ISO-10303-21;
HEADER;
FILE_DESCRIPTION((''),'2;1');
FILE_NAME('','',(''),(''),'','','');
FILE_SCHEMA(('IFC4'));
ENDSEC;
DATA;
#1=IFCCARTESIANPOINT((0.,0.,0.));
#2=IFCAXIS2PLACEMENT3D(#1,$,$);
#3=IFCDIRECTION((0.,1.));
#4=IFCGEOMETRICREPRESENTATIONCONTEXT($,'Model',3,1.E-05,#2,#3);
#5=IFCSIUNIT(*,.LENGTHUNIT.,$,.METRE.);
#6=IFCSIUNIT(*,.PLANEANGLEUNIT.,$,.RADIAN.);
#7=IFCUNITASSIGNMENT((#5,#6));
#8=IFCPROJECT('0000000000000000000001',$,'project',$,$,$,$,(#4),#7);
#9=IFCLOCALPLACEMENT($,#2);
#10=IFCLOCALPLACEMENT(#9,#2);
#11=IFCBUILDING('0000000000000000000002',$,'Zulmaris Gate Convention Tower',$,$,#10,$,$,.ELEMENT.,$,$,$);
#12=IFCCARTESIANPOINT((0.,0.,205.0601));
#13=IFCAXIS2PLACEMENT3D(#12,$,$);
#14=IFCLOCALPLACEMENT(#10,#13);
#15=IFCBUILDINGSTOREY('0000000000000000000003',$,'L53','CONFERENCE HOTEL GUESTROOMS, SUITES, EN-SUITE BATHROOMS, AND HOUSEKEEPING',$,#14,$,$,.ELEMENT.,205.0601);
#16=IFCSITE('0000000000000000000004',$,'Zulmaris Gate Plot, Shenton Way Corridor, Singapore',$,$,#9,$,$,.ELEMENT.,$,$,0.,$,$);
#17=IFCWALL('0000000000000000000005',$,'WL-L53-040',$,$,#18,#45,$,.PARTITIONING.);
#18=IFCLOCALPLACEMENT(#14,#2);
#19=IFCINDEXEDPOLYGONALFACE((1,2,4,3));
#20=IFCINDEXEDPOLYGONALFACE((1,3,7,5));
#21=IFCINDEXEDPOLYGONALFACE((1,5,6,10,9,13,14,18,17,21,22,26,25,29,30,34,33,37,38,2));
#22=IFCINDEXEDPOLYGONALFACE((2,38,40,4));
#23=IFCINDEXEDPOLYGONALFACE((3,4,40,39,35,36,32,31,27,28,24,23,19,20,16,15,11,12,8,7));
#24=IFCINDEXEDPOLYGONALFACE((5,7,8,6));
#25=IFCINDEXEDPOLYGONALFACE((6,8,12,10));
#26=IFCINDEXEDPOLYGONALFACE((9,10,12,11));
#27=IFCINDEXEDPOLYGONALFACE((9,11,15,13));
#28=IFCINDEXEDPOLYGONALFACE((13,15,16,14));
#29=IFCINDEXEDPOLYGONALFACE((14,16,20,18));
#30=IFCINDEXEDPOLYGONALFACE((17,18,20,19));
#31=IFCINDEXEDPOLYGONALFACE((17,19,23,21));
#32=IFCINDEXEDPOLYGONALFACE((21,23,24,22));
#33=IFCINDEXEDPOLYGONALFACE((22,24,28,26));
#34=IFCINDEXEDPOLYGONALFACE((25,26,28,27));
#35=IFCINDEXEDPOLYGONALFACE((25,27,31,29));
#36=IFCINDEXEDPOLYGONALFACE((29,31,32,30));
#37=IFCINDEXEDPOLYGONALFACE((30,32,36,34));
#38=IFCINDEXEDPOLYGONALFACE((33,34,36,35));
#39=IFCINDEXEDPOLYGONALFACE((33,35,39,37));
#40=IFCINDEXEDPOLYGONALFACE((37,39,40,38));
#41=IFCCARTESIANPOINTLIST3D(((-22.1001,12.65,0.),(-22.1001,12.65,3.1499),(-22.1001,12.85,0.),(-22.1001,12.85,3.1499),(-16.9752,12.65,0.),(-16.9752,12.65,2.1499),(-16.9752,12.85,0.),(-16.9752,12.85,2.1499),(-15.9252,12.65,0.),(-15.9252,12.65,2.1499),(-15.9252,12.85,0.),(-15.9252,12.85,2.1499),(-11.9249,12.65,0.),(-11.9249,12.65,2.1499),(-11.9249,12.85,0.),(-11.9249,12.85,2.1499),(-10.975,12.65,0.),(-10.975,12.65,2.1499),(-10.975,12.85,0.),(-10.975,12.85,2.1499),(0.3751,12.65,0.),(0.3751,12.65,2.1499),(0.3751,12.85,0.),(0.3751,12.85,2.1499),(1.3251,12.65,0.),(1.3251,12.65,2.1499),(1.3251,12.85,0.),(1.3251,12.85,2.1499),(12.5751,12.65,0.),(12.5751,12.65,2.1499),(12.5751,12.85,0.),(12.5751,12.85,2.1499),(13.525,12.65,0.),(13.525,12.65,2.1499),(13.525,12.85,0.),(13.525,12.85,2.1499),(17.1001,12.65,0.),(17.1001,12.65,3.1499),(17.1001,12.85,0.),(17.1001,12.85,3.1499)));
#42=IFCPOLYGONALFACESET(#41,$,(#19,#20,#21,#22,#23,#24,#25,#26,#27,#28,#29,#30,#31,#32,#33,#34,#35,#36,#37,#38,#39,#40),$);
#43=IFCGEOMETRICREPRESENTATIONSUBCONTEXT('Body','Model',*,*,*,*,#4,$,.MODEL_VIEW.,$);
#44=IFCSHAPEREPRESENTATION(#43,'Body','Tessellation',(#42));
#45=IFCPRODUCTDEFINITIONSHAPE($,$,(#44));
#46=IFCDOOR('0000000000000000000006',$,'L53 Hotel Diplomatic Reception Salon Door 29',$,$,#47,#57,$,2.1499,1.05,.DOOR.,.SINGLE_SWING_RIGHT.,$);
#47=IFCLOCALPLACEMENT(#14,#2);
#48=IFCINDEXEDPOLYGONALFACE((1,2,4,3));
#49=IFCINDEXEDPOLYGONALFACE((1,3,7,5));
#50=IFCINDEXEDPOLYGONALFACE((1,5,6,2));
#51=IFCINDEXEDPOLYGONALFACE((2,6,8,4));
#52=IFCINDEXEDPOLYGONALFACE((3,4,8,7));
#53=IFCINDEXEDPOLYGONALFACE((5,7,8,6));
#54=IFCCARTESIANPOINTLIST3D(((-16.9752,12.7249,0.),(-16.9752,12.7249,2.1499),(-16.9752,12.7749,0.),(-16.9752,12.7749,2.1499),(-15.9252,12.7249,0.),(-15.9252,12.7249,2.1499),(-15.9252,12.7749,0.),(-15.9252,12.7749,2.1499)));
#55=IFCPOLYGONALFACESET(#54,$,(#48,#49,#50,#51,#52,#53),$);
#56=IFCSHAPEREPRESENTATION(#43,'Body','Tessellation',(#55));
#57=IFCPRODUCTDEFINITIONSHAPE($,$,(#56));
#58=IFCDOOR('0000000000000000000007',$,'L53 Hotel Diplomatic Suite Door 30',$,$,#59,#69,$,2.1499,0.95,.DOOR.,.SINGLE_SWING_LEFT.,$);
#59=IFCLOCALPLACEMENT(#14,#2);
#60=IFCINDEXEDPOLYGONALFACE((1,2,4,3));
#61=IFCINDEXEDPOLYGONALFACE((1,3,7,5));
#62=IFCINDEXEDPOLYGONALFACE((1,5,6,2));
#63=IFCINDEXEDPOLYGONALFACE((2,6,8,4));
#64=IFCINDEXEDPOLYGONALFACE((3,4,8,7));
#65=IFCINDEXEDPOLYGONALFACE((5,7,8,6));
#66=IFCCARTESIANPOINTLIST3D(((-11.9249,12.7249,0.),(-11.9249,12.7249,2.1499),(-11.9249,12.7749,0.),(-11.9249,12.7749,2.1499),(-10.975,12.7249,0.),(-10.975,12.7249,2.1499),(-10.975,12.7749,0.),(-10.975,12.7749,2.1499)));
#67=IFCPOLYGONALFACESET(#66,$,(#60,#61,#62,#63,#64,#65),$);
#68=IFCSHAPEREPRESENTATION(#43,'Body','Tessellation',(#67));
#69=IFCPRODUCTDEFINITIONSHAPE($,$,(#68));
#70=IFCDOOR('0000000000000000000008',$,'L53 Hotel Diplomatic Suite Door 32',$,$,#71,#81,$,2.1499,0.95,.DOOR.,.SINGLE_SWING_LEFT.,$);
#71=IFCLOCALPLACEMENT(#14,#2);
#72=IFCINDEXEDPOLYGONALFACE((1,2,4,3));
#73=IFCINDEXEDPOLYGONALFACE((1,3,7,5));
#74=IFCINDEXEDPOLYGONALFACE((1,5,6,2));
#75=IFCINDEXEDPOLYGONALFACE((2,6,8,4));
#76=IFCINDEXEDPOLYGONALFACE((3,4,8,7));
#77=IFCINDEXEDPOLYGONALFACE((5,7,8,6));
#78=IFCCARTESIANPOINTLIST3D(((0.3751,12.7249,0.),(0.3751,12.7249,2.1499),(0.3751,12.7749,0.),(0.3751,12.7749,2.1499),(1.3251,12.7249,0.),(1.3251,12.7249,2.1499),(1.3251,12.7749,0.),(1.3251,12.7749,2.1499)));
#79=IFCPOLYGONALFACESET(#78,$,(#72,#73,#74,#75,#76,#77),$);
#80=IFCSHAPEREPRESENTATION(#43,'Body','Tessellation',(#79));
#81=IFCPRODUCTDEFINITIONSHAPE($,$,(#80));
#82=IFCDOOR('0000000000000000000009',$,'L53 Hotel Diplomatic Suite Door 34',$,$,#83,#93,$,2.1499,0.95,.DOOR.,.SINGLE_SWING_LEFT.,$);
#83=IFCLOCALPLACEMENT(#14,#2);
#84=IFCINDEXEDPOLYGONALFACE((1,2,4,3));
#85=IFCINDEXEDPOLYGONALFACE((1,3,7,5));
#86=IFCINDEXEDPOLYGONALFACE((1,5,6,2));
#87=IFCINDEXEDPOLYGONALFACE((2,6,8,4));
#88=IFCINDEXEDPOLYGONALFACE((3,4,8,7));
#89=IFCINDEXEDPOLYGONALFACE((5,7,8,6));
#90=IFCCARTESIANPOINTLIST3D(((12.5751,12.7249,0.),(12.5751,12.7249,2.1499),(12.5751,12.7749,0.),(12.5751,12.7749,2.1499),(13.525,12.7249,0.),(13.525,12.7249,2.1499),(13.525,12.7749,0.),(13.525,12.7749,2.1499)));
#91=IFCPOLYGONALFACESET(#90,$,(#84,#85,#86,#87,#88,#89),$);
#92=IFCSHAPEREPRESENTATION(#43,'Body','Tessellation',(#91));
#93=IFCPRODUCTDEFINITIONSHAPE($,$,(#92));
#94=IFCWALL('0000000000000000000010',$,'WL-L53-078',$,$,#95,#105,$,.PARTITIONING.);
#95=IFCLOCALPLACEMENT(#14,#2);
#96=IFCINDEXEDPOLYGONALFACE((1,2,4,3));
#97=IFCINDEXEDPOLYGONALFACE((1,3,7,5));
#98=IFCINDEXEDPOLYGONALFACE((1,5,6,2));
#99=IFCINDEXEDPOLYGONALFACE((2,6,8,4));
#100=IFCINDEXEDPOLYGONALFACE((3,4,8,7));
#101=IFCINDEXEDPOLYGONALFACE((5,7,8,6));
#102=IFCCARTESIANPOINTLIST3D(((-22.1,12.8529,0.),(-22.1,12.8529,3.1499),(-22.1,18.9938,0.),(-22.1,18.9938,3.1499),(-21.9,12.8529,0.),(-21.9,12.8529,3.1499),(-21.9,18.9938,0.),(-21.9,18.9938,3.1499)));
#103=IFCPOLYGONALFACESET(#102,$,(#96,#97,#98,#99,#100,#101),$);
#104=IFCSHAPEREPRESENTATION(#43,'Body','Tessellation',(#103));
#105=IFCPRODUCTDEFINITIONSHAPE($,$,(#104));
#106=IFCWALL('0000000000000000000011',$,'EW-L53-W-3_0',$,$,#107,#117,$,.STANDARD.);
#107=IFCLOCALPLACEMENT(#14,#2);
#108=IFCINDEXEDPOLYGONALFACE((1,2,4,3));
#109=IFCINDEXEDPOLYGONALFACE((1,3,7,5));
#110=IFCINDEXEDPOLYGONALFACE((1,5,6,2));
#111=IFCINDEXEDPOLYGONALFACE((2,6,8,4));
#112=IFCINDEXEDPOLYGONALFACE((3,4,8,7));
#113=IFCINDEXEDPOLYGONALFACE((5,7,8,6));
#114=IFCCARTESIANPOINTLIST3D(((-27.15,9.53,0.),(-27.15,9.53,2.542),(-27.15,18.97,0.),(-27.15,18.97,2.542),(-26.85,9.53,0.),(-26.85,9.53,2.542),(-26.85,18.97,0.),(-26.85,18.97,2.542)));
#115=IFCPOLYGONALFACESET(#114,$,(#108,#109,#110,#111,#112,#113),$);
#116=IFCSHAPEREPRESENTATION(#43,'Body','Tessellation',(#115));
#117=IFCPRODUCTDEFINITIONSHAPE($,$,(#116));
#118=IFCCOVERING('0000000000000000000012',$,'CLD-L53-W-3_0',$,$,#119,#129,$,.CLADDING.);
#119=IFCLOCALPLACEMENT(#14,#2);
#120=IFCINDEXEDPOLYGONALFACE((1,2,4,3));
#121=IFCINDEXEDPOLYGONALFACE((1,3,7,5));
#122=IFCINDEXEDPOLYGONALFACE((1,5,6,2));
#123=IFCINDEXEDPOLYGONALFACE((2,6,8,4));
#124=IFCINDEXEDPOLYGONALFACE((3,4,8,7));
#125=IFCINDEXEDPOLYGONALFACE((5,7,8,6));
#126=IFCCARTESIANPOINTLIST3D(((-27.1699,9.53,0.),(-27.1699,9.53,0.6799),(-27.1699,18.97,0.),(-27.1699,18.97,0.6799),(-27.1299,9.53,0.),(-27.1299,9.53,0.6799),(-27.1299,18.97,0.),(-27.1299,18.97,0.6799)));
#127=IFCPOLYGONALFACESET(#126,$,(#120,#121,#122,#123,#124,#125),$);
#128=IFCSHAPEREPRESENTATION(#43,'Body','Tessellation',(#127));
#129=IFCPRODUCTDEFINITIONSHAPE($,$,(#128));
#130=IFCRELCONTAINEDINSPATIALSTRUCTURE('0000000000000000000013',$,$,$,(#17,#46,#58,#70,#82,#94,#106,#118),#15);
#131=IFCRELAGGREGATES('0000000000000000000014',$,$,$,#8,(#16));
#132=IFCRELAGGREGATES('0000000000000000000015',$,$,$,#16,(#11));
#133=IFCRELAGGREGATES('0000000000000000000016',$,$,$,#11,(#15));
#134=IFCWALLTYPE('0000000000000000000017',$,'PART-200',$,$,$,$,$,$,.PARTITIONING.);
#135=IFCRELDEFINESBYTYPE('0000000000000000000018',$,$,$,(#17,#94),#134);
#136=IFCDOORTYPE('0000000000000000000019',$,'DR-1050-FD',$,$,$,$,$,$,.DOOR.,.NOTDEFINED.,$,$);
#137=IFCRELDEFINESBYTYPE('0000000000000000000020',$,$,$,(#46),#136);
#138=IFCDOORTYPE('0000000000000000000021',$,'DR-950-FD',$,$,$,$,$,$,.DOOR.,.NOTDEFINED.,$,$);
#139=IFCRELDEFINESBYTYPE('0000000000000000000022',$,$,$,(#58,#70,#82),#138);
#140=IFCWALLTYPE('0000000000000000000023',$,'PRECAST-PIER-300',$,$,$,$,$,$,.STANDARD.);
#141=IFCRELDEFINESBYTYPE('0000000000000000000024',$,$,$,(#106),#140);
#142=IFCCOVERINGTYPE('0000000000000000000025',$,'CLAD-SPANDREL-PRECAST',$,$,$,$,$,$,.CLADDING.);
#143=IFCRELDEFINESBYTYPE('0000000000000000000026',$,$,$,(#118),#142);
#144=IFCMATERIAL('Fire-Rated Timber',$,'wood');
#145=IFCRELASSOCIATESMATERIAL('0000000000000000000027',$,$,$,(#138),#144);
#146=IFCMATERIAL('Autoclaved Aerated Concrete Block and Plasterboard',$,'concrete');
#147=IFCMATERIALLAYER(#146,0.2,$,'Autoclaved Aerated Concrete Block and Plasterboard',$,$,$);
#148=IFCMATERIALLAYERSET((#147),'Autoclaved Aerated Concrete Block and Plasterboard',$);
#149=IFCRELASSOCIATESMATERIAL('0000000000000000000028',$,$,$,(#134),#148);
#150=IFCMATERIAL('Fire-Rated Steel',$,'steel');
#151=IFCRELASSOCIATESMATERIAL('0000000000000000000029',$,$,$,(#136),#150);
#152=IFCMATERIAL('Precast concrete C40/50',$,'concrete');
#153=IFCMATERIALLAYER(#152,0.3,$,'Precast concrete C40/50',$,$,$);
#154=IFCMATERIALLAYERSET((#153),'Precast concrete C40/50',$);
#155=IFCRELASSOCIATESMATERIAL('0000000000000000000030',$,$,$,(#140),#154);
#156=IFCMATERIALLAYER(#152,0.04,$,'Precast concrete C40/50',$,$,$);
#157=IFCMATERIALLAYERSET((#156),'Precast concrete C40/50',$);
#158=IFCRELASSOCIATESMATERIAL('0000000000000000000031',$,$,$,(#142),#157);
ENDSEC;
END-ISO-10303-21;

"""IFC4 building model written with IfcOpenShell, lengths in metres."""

from ifc_helpers import new_model, si_unit, direction, frame, frame_2d, origin, place, context, subcontext, project, spatial, rectangle, extrude, material, layer, layer_set, type_object, element, fill, save


model = new_model("IFC4")

# Units and contexts
model_context = context("Model", 3, precision=1e-05, world=origin(), true_north=direction((0.0, 1.0)))
body_context = subcontext(model_context, "Body", "Model", "MODEL_VIEW")
ifc_project = project(units=[si_unit("LENGTHUNIT", "METRE"), si_unit("PLANEANGLEUNIT", "RADIAN")], contexts=[model_context])

# Site, building, storey
site_placement = place(None, origin())
site = spatial("IfcSite", under=ifc_project, at=site_placement, Name="Zulmaris Gate Plot, Shenton Way Corridor, Singapore", CompositionType="ELEMENT", RefElevation=0.0)
building_placement = place(site_placement, origin())
building = spatial("IfcBuilding", under=site, at=building_placement, Name="Zulmaris Gate Convention Tower", CompositionType="ELEMENT")
storey_placement = place(building_placement, frame((0.0, 0.0, 205.0601)))
storey = spatial("IfcBuildingStorey", under=building, at=storey_placement, Name="L53", Description="CONFERENCE HOTEL GUESTROOMS, SUITES, EN-SUITE BATHROOMS, AND HOUSEKEEPING", CompositionType="ELEMENT", Elevation=205.0601)

# Shared definitions
ifc_material_1 = material(Name="Fire-Rated Steel", Category="steel")
ifc_material_2 = material(Name="Fire-Rated Timber", Category="wood")
door_type_1 = type_object("IfcDoorType", Name="DR-950-FD", OperationType="NOTDEFINED", PredefinedType="DOOR", material=ifc_material_2)

# Wall, openings, doors
ifc_material_3 = material(Name="Autoclaved Aerated Concrete Block and Plasterboard", Category="concrete")
ifc_layer_1 = layer(ifc_material_3, 0.2, Name="Autoclaved Aerated Concrete Block and Plasterboard")
ifc_layer_set_1 = layer_set([ifc_layer_1], Name="Autoclaved Aerated Concrete Block and Plasterboard")
wall_type_1 = type_object("IfcWallType", Name="PART-200", PredefinedType="PARTITIONING", material=ifc_layer_set_1)
wall_1_placement = place(storey_placement, frame((-22.1001, 12.75, 0.0), z_axis=(0.0, 0.0, 1.0), x_axis=(1.0, 0.0, 0.0)))
wall_1 = element("IfcWall", 1, at=wall_1_placement, inside=storey, type_object=wall_type_1, Name="WL-L53-040", PredefinedType="PARTITIONING", context=body_context, shape_type="SweptSolid", body=[
    extrude(rectangle(XDim=39.2002, YDim=0.2, at=frame_2d((19.6001, 0.0))), origin(), (0.0, 0.0, 1.0), 3.1499),
])
opening_1_placement = place(wall_1_placement, frame((5.125, 0.0, 0.0)))
opening_1 = element("IfcOpeningElement", 2, at=opening_1_placement, cuts=wall_1, PredefinedType="OPENING", context=body_context, shape_type="SweptSolid", body=[
    extrude(rectangle(XDim=1.05, YDim=2.1499, at=frame_2d((0.5249, 1.075))), frame((0.0, 0.1099, 0.0), z_axis=(0.0, -1.0, 0.0), x_axis=(1.0, 0.0, 0.0)), (0.0, 0.0, 1.0), 0.22),
])
opening_2_placement = place(wall_1_placement, frame((10.175, 0.0, 0.0)))
opening_2 = element("IfcOpeningElement", 3, at=opening_2_placement, cuts=wall_1, PredefinedType="OPENING", context=body_context, shape_type="SweptSolid", body=[
    extrude(rectangle(XDim=0.95, YDim=2.1499, at=frame_2d((0.4751, 1.075))), frame((0.0, 0.1099, 0.0), z_axis=(0.0, -1.0, 0.0), x_axis=(1.0, 0.0, 0.0)), (0.0, 0.0, 1.0), 0.22),
])
opening_3_placement = place(wall_1_placement, frame((22.4751, 0.0, 0.0)))
opening_3 = element("IfcOpeningElement", 4, at=opening_3_placement, cuts=wall_1, PredefinedType="OPENING", context=body_context, shape_type="SweptSolid", body=[
    extrude(rectangle(XDim=0.95, YDim=2.1499, at=frame_2d((0.4751, 1.075))), frame((0.0, 0.1099, 0.0), z_axis=(0.0, -1.0, 0.0), x_axis=(1.0, 0.0, 0.0)), (0.0, 0.0, 1.0), 0.22),
])
opening_4_placement = place(wall_1_placement, frame((34.675, 0.0, 0.0)))
opening_4 = element("IfcOpeningElement", 5, at=opening_4_placement, cuts=wall_1, PredefinedType="OPENING", context=body_context, shape_type="SweptSolid", body=[
    extrude(rectangle(XDim=0.95, YDim=2.1499, at=frame_2d((0.4751, 1.075))), frame((0.0, 0.1099, 0.0), z_axis=(0.0, -1.0, 0.0), x_axis=(1.0, 0.0, 0.0)), (0.0, 0.0, 1.0), 0.22),
])
door_type_2 = type_object("IfcDoorType", Name="DR-1050-FD", OperationType="NOTDEFINED", PredefinedType="DOOR", material=ifc_material_1)
door_1_placement = place(opening_1_placement, origin())
door_1 = element("IfcDoor", 6, at=door_1_placement, inside=storey, type_object=door_type_2, Name="L53 Hotel Diplomatic Reception Salon Door 29", OperationType="SINGLE_SWING_RIGHT", OverallHeight=2.1499, OverallWidth=1.05, PredefinedType="DOOR", context=body_context, shape_type="SweptSolid", body=[
    extrude(rectangle(XDim=1.05, YDim=2.1499, at=frame_2d((0.5249, 1.075))), frame((0.0, 0.0249, 0.0), z_axis=(0.0, -1.0, 0.0), x_axis=(1.0, 0.0, 0.0)), (0.0, 0.0, 1.0), 0.05),
])
fill(opening_1, door_1)
door_2_placement = place(opening_2_placement, origin())
door_2 = element("IfcDoor", 7, at=door_2_placement, inside=storey, type_object=door_type_1, Name="L53 Hotel Diplomatic Suite Door 30", OperationType="SINGLE_SWING_LEFT", OverallHeight=2.1499, OverallWidth=0.95, PredefinedType="DOOR", context=body_context, shape_type="SweptSolid", body=[
    extrude(rectangle(XDim=0.95, YDim=2.1499, at=frame_2d((0.4751, 1.075))), frame((0.0, 0.0249, 0.0), z_axis=(0.0, -1.0, 0.0), x_axis=(1.0, 0.0, 0.0)), (0.0, 0.0, 1.0), 0.05),
])
fill(opening_2, door_2)
door_3_placement = place(opening_3_placement, origin())
door_3 = element("IfcDoor", 8, at=door_3_placement, inside=storey, type_object=door_type_1, Name="L53 Hotel Diplomatic Suite Door 32", OperationType="SINGLE_SWING_LEFT", OverallHeight=2.1499, OverallWidth=0.95, PredefinedType="DOOR", context=body_context, shape_type="SweptSolid", body=[
    extrude(rectangle(XDim=0.95, YDim=2.1499, at=frame_2d((0.4751, 1.075))), frame((0.0, 0.0249, 0.0), z_axis=(0.0, -1.0, 0.0), x_axis=(1.0, 0.0, 0.0)), (0.0, 0.0, 1.0), 0.05),
])
fill(opening_3, door_3)
door_4_placement = place(opening_4_placement, origin())
door_4 = element("IfcDoor", 9, at=door_4_placement, inside=storey, type_object=door_type_1, Name="L53 Hotel Diplomatic Suite Door 34", OperationType="SINGLE_SWING_LEFT", OverallHeight=2.1499, OverallWidth=0.95, PredefinedType="DOOR", context=body_context, shape_type="SweptSolid", body=[
    extrude(rectangle(XDim=0.95, YDim=2.1499, at=frame_2d((0.4751, 1.075))), frame((0.0, 0.0249, 0.0), z_axis=(0.0, -1.0, 0.0), x_axis=(1.0, 0.0, 0.0)), (0.0, 0.0, 1.0), 0.05),
])
fill(opening_4, door_4)

# Walls
wall_2_placement = place(storey_placement, frame((-22.0, 12.853, 0.0), z_axis=(0.0, 0.0, 1.0), x_axis=(0.0, 1.0, 0.0)))
element("IfcWall", 10, at=wall_2_placement, inside=storey, type_object=wall_type_1, Name="WL-L53-078", PredefinedType="PARTITIONING", context=body_context, shape_type="SweptSolid", body=[
    extrude(rectangle(XDim=6.1409, YDim=0.2, at=frame_2d((3.0703, 0.0))), origin(), (0.0, 0.0, 1.0), 3.1499),
])
ifc_material_4 = material(Name="Precast concrete C40/50", Category="concrete")
ifc_layer_2 = layer(ifc_material_4, 0.3, Name="Precast concrete C40/50")
ifc_layer_set_2 = layer_set([ifc_layer_2], Name="Precast concrete C40/50")
wall_type_2 = type_object("IfcWallType", Name="PRECAST-PIER-300", PredefinedType="STANDARD", material=ifc_layer_set_2)
wall_3_placement = place(storey_placement, frame((-27.0, 18.97, 0.0), z_axis=(0.0, 0.0, 1.0), x_axis=(0.0, -1.0, 0.0)))
element("IfcWall", 11, at=wall_3_placement, inside=storey, type_object=wall_type_2, Name="EW-L53-W-3_0", PredefinedType="STANDARD", context=body_context, shape_type="SweptSolid", body=[
    extrude(rectangle(XDim=9.4399, YDim=0.3, at=frame_2d((4.72, 0.0))), origin(), (0.0, 0.0, 1.0), 2.542),
])

# Covering
ifc_layer_3 = layer(ifc_material_4, 0.04, Name="Precast concrete C40/50")
ifc_layer_set_3 = layer_set([ifc_layer_3], Name="Precast concrete C40/50")
covering_type = type_object("IfcCoveringType", Name="CLAD-SPANDREL-PRECAST", PredefinedType="CLADDING", material=ifc_layer_set_3)
covering_placement = place(storey_placement, frame((-27.1499, 18.97, 0.0), z_axis=(0.0, 0.0, 1.0), x_axis=(0.0, -1.0, 0.0)))
element("IfcCovering", 12, at=covering_placement, inside=storey, type_object=covering_type, Name="CLD-L53-W-3_0", PredefinedType="CLADDING", context=body_context, shape_type="SweptSolid", body=[
    extrude(rectangle(XDim=9.4399, YDim=0.04, at=frame_2d((4.72, 0.0))), origin(), (0.0, 0.0, 1.0), 0.6799),
])

save(model, "model.ifc")
